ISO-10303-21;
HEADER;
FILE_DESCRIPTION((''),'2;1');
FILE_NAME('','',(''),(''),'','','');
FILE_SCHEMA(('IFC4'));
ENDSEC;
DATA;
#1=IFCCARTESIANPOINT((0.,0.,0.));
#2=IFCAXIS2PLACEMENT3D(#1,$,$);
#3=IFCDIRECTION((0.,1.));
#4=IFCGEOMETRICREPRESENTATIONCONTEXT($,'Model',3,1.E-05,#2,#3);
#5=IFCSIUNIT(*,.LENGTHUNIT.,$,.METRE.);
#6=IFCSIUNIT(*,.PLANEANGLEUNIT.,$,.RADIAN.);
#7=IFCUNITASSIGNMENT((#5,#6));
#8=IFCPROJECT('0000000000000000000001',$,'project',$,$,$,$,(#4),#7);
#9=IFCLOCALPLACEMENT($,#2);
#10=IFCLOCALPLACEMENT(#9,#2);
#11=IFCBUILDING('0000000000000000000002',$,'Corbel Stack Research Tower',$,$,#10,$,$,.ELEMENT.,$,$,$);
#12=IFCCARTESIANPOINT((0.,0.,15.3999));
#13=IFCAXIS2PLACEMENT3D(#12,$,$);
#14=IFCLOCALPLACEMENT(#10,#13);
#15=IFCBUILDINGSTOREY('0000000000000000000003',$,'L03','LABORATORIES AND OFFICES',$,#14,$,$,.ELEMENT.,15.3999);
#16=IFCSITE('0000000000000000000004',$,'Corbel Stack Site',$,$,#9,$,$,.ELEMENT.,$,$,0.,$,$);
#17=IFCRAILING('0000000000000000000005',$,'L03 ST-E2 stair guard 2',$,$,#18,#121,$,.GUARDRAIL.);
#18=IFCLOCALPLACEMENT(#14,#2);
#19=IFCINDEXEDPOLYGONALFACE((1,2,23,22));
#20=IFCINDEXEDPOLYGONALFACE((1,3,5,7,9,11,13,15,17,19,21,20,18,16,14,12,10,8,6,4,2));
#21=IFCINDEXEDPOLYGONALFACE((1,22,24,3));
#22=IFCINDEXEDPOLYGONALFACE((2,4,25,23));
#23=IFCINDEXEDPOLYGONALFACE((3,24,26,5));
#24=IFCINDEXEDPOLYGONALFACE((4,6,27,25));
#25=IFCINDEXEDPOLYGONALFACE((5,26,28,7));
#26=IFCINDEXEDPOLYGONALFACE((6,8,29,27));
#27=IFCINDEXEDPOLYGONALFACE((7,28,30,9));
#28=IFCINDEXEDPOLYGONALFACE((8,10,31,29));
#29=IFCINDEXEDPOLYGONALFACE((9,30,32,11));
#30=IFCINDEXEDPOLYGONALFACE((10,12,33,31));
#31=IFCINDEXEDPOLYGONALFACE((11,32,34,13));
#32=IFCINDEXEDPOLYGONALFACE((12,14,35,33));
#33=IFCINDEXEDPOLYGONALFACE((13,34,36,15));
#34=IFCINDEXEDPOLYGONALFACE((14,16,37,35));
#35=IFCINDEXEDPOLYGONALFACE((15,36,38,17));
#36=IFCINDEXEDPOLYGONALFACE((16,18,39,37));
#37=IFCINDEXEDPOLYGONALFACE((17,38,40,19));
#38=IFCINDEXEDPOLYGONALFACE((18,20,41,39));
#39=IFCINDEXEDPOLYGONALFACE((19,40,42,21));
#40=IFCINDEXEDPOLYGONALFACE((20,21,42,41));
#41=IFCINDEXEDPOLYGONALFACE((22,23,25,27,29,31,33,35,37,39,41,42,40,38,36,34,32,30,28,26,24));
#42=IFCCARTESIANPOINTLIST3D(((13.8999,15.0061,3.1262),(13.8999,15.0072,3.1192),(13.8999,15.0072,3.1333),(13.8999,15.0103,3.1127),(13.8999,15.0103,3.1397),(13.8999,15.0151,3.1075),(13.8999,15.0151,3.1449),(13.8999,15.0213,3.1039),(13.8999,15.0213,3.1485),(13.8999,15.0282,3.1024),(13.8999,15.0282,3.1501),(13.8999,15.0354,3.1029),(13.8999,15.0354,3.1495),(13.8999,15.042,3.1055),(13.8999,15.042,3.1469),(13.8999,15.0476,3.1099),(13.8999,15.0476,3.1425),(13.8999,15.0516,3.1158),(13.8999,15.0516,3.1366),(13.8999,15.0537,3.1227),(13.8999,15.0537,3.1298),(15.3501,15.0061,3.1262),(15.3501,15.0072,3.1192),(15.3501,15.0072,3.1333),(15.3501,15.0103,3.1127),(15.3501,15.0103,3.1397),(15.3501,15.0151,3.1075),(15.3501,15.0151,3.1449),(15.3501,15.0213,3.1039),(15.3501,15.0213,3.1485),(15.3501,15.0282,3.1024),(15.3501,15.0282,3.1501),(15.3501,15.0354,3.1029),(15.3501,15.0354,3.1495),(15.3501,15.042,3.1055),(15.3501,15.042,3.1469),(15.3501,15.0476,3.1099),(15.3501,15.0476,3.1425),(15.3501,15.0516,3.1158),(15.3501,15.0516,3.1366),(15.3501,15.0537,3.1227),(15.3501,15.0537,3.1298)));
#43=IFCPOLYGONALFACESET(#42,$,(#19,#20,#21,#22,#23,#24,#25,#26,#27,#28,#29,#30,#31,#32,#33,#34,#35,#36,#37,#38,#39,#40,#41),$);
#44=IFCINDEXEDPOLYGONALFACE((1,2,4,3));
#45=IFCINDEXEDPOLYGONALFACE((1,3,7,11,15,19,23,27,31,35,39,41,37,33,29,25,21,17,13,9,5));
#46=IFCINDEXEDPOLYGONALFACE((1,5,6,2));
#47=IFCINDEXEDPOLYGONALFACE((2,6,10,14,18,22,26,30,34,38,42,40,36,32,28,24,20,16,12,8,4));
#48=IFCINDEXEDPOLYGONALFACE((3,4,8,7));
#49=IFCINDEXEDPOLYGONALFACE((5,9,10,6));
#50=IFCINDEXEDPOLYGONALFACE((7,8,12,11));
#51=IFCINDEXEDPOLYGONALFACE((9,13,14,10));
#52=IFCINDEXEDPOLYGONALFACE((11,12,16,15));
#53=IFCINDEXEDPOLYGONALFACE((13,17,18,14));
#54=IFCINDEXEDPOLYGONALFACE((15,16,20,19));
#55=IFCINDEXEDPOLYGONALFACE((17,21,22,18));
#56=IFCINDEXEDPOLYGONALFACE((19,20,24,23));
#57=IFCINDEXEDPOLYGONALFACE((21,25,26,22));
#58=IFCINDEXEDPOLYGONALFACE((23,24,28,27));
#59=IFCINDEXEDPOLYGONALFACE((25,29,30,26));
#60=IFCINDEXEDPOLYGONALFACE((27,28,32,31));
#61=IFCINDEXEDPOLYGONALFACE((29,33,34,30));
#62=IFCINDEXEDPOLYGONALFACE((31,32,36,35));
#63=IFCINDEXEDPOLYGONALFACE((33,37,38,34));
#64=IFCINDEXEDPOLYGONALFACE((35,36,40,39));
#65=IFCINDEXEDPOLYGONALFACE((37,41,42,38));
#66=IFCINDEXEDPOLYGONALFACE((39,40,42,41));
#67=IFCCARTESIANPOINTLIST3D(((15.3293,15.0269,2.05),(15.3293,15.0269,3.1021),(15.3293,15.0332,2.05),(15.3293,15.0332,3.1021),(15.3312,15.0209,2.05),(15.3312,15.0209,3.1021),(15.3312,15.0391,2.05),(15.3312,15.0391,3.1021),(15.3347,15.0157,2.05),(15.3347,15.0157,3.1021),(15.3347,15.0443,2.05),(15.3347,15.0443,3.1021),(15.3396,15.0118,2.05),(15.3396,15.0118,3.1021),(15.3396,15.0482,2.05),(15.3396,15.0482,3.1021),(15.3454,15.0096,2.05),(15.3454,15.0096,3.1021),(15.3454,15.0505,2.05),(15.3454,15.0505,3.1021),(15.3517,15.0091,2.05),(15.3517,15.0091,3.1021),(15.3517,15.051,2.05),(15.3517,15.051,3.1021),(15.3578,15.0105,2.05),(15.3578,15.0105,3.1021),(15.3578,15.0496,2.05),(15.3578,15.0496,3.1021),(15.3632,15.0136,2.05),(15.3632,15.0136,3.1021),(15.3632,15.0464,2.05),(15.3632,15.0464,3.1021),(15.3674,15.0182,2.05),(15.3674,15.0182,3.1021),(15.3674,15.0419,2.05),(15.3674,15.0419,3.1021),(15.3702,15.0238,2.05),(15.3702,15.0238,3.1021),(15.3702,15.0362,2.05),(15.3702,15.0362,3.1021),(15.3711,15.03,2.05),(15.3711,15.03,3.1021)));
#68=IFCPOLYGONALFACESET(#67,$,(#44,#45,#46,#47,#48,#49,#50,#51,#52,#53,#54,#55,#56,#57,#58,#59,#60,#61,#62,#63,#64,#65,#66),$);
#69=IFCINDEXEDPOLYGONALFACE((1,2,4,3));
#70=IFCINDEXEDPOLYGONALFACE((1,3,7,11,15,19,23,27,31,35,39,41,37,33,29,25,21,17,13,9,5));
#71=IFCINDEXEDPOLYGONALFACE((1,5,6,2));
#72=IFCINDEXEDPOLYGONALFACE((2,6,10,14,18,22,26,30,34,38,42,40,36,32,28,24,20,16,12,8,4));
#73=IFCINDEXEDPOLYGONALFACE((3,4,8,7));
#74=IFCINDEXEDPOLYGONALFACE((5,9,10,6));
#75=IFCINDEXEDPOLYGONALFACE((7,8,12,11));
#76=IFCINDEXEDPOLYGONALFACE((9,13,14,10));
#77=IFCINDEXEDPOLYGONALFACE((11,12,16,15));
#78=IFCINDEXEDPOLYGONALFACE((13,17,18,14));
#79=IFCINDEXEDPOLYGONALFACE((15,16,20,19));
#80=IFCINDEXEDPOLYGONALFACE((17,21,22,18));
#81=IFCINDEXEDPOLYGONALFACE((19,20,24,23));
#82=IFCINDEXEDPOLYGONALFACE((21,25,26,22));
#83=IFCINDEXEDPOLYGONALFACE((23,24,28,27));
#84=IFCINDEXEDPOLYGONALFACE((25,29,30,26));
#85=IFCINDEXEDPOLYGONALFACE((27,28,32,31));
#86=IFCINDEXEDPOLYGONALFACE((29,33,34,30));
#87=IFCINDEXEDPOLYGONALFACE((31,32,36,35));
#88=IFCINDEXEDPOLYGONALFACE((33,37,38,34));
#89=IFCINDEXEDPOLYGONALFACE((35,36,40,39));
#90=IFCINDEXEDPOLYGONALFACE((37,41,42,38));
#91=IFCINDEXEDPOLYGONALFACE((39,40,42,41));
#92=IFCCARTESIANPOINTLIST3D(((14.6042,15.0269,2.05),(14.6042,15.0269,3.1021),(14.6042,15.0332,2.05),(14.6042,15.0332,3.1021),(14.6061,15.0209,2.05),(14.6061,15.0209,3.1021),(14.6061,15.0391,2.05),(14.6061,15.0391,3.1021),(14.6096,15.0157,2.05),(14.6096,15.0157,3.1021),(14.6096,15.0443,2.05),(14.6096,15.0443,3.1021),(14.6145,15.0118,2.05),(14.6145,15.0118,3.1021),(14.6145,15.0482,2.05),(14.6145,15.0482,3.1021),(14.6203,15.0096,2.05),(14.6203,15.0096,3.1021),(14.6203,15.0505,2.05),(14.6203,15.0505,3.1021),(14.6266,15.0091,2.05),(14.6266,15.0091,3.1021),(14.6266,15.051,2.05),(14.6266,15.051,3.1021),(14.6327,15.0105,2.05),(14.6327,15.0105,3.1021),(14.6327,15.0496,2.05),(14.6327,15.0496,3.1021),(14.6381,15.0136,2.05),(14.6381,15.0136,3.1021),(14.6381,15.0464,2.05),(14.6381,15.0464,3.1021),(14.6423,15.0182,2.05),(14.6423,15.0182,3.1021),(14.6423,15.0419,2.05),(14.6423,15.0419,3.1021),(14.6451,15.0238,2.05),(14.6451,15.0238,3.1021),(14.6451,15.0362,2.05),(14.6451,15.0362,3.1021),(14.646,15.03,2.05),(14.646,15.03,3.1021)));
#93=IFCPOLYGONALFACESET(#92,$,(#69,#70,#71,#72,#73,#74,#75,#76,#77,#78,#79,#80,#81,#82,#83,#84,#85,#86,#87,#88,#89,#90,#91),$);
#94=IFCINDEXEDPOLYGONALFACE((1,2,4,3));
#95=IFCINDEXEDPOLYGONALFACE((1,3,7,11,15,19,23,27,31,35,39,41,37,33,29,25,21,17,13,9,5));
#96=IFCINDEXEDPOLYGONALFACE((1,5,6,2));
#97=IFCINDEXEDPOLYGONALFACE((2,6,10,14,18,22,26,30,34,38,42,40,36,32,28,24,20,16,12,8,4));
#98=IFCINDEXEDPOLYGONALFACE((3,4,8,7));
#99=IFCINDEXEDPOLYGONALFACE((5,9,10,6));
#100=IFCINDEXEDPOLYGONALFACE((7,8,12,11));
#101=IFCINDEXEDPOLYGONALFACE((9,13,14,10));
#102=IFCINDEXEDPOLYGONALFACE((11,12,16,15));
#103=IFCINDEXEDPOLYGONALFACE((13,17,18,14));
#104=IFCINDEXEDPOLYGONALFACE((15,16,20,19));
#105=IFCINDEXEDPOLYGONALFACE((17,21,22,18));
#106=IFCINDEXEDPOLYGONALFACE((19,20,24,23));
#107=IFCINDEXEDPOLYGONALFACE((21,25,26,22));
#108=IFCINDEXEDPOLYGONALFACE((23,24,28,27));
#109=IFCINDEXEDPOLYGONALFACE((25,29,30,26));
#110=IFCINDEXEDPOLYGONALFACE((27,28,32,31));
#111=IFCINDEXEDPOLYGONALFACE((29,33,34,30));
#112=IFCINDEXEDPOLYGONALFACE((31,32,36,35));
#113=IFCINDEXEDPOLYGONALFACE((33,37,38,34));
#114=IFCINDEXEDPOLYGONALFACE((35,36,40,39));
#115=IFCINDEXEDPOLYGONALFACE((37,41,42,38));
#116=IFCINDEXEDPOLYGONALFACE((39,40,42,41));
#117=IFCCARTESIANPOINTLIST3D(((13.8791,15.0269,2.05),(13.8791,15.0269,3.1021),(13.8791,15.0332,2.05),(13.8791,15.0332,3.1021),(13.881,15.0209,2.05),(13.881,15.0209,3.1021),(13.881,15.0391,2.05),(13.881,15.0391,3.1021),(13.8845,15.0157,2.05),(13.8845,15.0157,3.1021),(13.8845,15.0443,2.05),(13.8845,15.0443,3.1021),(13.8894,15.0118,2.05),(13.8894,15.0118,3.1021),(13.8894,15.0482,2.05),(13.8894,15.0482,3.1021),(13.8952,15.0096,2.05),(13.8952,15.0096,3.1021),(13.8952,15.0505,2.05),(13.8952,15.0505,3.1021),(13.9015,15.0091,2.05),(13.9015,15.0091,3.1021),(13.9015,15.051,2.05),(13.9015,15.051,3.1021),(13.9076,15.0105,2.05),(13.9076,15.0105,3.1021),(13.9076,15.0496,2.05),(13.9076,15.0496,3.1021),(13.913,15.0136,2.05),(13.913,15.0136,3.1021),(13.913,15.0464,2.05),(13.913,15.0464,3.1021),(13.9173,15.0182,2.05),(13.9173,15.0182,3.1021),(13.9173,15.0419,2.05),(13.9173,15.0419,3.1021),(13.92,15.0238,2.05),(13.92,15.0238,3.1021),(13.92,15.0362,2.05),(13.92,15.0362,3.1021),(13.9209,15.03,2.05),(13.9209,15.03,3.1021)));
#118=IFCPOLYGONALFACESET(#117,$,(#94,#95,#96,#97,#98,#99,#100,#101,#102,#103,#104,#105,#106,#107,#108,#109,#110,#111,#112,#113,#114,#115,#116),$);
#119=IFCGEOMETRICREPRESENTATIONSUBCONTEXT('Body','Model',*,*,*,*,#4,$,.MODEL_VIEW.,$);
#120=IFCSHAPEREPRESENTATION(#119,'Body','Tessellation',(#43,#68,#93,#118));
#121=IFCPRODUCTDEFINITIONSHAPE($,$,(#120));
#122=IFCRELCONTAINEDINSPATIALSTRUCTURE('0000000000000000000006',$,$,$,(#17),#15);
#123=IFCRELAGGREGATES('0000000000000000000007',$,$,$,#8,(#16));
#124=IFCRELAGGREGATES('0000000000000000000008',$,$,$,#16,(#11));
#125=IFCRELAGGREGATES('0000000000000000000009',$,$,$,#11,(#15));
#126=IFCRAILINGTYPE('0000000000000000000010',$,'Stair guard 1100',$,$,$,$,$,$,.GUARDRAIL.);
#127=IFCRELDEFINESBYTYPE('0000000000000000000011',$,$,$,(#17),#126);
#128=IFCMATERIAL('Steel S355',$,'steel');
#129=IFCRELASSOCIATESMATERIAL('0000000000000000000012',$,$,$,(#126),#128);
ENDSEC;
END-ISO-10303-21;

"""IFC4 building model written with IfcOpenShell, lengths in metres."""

from ifc_helpers import new_model, si_unit, direction, frame, origin, origin_2d, place, context, subcontext, project, spatial, circle, extrude, material, type_object, element, save


model = new_model("IFC4")

# Units and contexts
model_context = context("Model", 3, precision=1e-05, world=origin(), true_north=direction((0.0, 1.0)))
body_context = subcontext(model_context, "Body", "Model", "MODEL_VIEW")
ifc_project = project(units=[si_unit("LENGTHUNIT", "METRE"), si_unit("PLANEANGLEUNIT", "RADIAN")], contexts=[model_context])

# Site, building, storey
site_placement = place(None, origin())
site = spatial("IfcSite", under=ifc_project, at=site_placement, Name="Corbel Stack Site", CompositionType="ELEMENT", RefElevation=0.0)
building_placement = place(site_placement, origin())
building = spatial("IfcBuilding", under=site, at=building_placement, Name="Corbel Stack Research Tower", CompositionType="ELEMENT")
storey_placement = place(building_placement, frame((0.0, 0.0, 15.3999)))
storey = spatial("IfcBuildingStorey", under=building, at=storey_placement, Name="L03", Description="LABORATORIES AND OFFICES", CompositionType="ELEMENT", Elevation=15.3999)

# Railing
ifc_material_1 = material(Name="Steel S355", Category="steel")
railing_type = type_object("IfcRailingType", Name="Stair guard 1100", PredefinedType="GUARDRAIL", material=ifc_material_1)
railing_placement = place(storey_placement, frame((15.3501, 15.03, 2.05)))
element("IfcRailing", 1, at=railing_placement, inside=storey, type_object=railing_type, Name="L03 ST-E2 stair guard 2", PredefinedType="GUARDRAIL", context=body_context, shape_type="SweptSolid", body=[
    extrude(circle(Radius=0.0239, at=origin_2d()), frame((0.0, 0.0, 1.0762), z_axis=(-1.0, 0.0, 0.0), x_axis=(0.0, -1.0, 0.0)), (0.0, 0.0, 1.0), 1.4502),
    extrude(circle(Radius=0.021, at=origin_2d()), origin(), (0.0, 0.0, 1.0), 1.052),
    extrude(circle(Radius=0.021, at=origin_2d()), frame((-0.7251, 0.0, 0.0)), (0.0, 0.0, 1.0), 1.052),
    extrude(circle(Radius=0.021, at=origin_2d()), frame((-1.4502, 0.0, 0.0)), (0.0, 0.0, 1.0), 1.052),
])

save(model, "model.ifc")
